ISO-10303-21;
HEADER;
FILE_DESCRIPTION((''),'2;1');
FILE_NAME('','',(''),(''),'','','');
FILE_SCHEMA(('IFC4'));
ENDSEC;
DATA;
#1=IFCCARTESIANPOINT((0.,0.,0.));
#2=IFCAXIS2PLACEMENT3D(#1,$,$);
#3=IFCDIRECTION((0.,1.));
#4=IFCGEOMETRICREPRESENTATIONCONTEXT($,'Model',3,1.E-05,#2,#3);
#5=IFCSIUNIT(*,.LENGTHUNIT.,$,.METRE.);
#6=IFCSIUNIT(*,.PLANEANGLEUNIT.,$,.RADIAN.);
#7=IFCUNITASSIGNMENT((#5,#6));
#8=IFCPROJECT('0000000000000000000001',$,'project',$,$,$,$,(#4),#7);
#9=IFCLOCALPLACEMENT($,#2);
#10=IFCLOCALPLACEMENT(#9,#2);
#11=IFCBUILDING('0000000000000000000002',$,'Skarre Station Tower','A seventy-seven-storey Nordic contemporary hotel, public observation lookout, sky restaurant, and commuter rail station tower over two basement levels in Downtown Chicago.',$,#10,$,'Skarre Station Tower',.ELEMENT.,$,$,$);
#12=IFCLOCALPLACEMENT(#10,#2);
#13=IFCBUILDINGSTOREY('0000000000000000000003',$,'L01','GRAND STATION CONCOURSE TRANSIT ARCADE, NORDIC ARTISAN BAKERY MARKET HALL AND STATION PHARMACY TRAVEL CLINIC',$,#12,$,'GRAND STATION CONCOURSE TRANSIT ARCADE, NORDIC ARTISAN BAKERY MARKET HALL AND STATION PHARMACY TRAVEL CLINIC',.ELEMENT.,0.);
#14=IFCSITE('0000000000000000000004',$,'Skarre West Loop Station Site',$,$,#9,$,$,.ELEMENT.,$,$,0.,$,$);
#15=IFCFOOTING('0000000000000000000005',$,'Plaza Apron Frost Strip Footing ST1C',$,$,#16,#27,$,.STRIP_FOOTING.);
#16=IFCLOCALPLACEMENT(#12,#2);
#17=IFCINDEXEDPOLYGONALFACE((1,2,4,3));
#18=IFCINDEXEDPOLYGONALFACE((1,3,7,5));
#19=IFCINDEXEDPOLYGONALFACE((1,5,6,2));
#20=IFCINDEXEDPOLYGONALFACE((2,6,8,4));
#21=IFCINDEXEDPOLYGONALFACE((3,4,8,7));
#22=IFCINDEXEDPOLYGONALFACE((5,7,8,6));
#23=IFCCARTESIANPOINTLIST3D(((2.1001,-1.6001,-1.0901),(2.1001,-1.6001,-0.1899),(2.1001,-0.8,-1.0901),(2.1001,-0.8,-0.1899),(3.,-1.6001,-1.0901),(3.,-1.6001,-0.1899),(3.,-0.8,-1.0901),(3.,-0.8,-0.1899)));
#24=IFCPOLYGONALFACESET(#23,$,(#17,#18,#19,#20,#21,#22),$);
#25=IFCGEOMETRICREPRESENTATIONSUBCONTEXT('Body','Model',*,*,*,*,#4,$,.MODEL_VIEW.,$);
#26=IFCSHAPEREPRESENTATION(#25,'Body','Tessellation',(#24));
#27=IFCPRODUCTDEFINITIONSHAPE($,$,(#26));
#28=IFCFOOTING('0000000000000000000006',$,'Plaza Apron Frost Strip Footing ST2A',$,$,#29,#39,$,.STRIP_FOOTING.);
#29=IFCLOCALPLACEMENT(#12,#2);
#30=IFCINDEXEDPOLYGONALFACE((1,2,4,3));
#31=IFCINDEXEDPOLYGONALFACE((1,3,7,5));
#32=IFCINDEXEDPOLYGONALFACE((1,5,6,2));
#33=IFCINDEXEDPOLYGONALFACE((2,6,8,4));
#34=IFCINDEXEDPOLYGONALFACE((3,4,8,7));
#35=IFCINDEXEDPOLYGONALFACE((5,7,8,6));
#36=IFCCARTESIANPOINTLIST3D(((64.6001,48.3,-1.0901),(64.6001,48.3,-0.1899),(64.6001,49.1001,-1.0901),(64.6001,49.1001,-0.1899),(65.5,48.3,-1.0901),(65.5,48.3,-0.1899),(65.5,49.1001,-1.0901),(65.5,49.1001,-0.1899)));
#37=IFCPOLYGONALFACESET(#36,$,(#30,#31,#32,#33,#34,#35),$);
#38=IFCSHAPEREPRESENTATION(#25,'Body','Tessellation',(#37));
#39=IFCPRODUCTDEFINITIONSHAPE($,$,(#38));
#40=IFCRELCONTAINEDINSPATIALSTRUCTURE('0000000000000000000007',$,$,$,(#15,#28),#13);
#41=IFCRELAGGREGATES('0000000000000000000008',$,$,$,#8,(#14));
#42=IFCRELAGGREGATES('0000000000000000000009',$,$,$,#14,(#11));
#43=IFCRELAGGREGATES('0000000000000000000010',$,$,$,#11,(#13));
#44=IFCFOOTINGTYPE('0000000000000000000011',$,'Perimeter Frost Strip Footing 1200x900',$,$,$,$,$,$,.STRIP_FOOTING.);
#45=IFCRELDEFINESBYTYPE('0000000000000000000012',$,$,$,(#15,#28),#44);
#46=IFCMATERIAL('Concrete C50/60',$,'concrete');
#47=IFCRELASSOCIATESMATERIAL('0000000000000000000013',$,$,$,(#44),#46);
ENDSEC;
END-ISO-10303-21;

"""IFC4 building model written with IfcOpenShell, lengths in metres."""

from ifc_helpers import new_model, si_unit, direction, frame, origin, place, context, subcontext, project, spatial, polyline, outline, extrude, material, type_object, element, save


model = new_model("IFC4")

# Units and contexts
model_context = context("Model", 3, precision=1e-05, world=origin(), true_north=direction((0.0, 1.0)))
body_context = subcontext(model_context, "Body", "Model", "MODEL_VIEW")
ifc_project = project(units=[si_unit("LENGTHUNIT", "METRE"), si_unit("PLANEANGLEUNIT", "RADIAN")], contexts=[model_context])

# Site, building, storey
site_placement = place(None, origin())
site = spatial("IfcSite", under=ifc_project, at=site_placement, Name="Skarre West Loop Station Site", CompositionType="ELEMENT", RefElevation=0.0)
building_placement = place(site_placement, origin())
building = spatial("IfcBuilding", under=site, at=building_placement, Name="Skarre Station Tower", Description="A seventy-seven-storey Nordic contemporary hotel, public observation lookout, sky restaurant, and commuter rail station tower over two basement levels in Downtown Chicago.", LongName="Skarre Station Tower", CompositionType="ELEMENT")
storey_placement = place(building_placement, origin())
storey = spatial("IfcBuildingStorey", under=building, at=storey_placement, Name="L01", Description="GRAND STATION CONCOURSE TRANSIT ARCADE, NORDIC ARTISAN BAKERY MARKET HALL AND STATION PHARMACY TRAVEL CLINIC", LongName="GRAND STATION CONCOURSE TRANSIT ARCADE, NORDIC ARTISAN BAKERY MARKET HALL AND STATION PHARMACY TRAVEL CLINIC", CompositionType="ELEMENT", Elevation=0.0)

# Footings
ifc_material = material(Name="Concrete C50/60", Category="concrete")
footing_type = type_object("IfcFootingType", Name="Perimeter Frost Strip Footing 1200x900", PredefinedType="STRIP_FOOTING", material=ifc_material)
footing_1_placement = place(storey_placement, frame((0.0, 0.0, -1.0901)))
element("IfcFooting", 1, at=footing_1_placement, inside=storey, type_object=footing_type, Name="Plaza Apron Frost Strip Footing ST1C", PredefinedType="STRIP_FOOTING", context=body_context, shape_type="SweptSolid", body=[
    extrude(outline(polyline([(2.1001, -1.6001), (3.0, -1.6001), (3.0, -0.8), (2.1001, -0.8), (2.1001, -1.6001)])), origin(), (0.0, 0.0, 1.0), 0.9001),
])
footing_2_placement = place(storey_placement, frame((0.0, 0.0, -1.0901)))
element("IfcFooting", 2, at=footing_2_placement, inside=storey, type_object=footing_type, Name="Plaza Apron Frost Strip Footing ST2A", PredefinedType="STRIP_FOOTING", context=body_context, shape_type="SweptSolid", body=[
    extrude(outline(polyline([(64.6001, 48.3), (65.5, 48.3), (65.5, 49.1001), (64.6001, 49.1001), (64.6001, 48.3)])), origin(), (0.0, 0.0, 1.0), 0.9001),
])

save(model, "model.ifc")
